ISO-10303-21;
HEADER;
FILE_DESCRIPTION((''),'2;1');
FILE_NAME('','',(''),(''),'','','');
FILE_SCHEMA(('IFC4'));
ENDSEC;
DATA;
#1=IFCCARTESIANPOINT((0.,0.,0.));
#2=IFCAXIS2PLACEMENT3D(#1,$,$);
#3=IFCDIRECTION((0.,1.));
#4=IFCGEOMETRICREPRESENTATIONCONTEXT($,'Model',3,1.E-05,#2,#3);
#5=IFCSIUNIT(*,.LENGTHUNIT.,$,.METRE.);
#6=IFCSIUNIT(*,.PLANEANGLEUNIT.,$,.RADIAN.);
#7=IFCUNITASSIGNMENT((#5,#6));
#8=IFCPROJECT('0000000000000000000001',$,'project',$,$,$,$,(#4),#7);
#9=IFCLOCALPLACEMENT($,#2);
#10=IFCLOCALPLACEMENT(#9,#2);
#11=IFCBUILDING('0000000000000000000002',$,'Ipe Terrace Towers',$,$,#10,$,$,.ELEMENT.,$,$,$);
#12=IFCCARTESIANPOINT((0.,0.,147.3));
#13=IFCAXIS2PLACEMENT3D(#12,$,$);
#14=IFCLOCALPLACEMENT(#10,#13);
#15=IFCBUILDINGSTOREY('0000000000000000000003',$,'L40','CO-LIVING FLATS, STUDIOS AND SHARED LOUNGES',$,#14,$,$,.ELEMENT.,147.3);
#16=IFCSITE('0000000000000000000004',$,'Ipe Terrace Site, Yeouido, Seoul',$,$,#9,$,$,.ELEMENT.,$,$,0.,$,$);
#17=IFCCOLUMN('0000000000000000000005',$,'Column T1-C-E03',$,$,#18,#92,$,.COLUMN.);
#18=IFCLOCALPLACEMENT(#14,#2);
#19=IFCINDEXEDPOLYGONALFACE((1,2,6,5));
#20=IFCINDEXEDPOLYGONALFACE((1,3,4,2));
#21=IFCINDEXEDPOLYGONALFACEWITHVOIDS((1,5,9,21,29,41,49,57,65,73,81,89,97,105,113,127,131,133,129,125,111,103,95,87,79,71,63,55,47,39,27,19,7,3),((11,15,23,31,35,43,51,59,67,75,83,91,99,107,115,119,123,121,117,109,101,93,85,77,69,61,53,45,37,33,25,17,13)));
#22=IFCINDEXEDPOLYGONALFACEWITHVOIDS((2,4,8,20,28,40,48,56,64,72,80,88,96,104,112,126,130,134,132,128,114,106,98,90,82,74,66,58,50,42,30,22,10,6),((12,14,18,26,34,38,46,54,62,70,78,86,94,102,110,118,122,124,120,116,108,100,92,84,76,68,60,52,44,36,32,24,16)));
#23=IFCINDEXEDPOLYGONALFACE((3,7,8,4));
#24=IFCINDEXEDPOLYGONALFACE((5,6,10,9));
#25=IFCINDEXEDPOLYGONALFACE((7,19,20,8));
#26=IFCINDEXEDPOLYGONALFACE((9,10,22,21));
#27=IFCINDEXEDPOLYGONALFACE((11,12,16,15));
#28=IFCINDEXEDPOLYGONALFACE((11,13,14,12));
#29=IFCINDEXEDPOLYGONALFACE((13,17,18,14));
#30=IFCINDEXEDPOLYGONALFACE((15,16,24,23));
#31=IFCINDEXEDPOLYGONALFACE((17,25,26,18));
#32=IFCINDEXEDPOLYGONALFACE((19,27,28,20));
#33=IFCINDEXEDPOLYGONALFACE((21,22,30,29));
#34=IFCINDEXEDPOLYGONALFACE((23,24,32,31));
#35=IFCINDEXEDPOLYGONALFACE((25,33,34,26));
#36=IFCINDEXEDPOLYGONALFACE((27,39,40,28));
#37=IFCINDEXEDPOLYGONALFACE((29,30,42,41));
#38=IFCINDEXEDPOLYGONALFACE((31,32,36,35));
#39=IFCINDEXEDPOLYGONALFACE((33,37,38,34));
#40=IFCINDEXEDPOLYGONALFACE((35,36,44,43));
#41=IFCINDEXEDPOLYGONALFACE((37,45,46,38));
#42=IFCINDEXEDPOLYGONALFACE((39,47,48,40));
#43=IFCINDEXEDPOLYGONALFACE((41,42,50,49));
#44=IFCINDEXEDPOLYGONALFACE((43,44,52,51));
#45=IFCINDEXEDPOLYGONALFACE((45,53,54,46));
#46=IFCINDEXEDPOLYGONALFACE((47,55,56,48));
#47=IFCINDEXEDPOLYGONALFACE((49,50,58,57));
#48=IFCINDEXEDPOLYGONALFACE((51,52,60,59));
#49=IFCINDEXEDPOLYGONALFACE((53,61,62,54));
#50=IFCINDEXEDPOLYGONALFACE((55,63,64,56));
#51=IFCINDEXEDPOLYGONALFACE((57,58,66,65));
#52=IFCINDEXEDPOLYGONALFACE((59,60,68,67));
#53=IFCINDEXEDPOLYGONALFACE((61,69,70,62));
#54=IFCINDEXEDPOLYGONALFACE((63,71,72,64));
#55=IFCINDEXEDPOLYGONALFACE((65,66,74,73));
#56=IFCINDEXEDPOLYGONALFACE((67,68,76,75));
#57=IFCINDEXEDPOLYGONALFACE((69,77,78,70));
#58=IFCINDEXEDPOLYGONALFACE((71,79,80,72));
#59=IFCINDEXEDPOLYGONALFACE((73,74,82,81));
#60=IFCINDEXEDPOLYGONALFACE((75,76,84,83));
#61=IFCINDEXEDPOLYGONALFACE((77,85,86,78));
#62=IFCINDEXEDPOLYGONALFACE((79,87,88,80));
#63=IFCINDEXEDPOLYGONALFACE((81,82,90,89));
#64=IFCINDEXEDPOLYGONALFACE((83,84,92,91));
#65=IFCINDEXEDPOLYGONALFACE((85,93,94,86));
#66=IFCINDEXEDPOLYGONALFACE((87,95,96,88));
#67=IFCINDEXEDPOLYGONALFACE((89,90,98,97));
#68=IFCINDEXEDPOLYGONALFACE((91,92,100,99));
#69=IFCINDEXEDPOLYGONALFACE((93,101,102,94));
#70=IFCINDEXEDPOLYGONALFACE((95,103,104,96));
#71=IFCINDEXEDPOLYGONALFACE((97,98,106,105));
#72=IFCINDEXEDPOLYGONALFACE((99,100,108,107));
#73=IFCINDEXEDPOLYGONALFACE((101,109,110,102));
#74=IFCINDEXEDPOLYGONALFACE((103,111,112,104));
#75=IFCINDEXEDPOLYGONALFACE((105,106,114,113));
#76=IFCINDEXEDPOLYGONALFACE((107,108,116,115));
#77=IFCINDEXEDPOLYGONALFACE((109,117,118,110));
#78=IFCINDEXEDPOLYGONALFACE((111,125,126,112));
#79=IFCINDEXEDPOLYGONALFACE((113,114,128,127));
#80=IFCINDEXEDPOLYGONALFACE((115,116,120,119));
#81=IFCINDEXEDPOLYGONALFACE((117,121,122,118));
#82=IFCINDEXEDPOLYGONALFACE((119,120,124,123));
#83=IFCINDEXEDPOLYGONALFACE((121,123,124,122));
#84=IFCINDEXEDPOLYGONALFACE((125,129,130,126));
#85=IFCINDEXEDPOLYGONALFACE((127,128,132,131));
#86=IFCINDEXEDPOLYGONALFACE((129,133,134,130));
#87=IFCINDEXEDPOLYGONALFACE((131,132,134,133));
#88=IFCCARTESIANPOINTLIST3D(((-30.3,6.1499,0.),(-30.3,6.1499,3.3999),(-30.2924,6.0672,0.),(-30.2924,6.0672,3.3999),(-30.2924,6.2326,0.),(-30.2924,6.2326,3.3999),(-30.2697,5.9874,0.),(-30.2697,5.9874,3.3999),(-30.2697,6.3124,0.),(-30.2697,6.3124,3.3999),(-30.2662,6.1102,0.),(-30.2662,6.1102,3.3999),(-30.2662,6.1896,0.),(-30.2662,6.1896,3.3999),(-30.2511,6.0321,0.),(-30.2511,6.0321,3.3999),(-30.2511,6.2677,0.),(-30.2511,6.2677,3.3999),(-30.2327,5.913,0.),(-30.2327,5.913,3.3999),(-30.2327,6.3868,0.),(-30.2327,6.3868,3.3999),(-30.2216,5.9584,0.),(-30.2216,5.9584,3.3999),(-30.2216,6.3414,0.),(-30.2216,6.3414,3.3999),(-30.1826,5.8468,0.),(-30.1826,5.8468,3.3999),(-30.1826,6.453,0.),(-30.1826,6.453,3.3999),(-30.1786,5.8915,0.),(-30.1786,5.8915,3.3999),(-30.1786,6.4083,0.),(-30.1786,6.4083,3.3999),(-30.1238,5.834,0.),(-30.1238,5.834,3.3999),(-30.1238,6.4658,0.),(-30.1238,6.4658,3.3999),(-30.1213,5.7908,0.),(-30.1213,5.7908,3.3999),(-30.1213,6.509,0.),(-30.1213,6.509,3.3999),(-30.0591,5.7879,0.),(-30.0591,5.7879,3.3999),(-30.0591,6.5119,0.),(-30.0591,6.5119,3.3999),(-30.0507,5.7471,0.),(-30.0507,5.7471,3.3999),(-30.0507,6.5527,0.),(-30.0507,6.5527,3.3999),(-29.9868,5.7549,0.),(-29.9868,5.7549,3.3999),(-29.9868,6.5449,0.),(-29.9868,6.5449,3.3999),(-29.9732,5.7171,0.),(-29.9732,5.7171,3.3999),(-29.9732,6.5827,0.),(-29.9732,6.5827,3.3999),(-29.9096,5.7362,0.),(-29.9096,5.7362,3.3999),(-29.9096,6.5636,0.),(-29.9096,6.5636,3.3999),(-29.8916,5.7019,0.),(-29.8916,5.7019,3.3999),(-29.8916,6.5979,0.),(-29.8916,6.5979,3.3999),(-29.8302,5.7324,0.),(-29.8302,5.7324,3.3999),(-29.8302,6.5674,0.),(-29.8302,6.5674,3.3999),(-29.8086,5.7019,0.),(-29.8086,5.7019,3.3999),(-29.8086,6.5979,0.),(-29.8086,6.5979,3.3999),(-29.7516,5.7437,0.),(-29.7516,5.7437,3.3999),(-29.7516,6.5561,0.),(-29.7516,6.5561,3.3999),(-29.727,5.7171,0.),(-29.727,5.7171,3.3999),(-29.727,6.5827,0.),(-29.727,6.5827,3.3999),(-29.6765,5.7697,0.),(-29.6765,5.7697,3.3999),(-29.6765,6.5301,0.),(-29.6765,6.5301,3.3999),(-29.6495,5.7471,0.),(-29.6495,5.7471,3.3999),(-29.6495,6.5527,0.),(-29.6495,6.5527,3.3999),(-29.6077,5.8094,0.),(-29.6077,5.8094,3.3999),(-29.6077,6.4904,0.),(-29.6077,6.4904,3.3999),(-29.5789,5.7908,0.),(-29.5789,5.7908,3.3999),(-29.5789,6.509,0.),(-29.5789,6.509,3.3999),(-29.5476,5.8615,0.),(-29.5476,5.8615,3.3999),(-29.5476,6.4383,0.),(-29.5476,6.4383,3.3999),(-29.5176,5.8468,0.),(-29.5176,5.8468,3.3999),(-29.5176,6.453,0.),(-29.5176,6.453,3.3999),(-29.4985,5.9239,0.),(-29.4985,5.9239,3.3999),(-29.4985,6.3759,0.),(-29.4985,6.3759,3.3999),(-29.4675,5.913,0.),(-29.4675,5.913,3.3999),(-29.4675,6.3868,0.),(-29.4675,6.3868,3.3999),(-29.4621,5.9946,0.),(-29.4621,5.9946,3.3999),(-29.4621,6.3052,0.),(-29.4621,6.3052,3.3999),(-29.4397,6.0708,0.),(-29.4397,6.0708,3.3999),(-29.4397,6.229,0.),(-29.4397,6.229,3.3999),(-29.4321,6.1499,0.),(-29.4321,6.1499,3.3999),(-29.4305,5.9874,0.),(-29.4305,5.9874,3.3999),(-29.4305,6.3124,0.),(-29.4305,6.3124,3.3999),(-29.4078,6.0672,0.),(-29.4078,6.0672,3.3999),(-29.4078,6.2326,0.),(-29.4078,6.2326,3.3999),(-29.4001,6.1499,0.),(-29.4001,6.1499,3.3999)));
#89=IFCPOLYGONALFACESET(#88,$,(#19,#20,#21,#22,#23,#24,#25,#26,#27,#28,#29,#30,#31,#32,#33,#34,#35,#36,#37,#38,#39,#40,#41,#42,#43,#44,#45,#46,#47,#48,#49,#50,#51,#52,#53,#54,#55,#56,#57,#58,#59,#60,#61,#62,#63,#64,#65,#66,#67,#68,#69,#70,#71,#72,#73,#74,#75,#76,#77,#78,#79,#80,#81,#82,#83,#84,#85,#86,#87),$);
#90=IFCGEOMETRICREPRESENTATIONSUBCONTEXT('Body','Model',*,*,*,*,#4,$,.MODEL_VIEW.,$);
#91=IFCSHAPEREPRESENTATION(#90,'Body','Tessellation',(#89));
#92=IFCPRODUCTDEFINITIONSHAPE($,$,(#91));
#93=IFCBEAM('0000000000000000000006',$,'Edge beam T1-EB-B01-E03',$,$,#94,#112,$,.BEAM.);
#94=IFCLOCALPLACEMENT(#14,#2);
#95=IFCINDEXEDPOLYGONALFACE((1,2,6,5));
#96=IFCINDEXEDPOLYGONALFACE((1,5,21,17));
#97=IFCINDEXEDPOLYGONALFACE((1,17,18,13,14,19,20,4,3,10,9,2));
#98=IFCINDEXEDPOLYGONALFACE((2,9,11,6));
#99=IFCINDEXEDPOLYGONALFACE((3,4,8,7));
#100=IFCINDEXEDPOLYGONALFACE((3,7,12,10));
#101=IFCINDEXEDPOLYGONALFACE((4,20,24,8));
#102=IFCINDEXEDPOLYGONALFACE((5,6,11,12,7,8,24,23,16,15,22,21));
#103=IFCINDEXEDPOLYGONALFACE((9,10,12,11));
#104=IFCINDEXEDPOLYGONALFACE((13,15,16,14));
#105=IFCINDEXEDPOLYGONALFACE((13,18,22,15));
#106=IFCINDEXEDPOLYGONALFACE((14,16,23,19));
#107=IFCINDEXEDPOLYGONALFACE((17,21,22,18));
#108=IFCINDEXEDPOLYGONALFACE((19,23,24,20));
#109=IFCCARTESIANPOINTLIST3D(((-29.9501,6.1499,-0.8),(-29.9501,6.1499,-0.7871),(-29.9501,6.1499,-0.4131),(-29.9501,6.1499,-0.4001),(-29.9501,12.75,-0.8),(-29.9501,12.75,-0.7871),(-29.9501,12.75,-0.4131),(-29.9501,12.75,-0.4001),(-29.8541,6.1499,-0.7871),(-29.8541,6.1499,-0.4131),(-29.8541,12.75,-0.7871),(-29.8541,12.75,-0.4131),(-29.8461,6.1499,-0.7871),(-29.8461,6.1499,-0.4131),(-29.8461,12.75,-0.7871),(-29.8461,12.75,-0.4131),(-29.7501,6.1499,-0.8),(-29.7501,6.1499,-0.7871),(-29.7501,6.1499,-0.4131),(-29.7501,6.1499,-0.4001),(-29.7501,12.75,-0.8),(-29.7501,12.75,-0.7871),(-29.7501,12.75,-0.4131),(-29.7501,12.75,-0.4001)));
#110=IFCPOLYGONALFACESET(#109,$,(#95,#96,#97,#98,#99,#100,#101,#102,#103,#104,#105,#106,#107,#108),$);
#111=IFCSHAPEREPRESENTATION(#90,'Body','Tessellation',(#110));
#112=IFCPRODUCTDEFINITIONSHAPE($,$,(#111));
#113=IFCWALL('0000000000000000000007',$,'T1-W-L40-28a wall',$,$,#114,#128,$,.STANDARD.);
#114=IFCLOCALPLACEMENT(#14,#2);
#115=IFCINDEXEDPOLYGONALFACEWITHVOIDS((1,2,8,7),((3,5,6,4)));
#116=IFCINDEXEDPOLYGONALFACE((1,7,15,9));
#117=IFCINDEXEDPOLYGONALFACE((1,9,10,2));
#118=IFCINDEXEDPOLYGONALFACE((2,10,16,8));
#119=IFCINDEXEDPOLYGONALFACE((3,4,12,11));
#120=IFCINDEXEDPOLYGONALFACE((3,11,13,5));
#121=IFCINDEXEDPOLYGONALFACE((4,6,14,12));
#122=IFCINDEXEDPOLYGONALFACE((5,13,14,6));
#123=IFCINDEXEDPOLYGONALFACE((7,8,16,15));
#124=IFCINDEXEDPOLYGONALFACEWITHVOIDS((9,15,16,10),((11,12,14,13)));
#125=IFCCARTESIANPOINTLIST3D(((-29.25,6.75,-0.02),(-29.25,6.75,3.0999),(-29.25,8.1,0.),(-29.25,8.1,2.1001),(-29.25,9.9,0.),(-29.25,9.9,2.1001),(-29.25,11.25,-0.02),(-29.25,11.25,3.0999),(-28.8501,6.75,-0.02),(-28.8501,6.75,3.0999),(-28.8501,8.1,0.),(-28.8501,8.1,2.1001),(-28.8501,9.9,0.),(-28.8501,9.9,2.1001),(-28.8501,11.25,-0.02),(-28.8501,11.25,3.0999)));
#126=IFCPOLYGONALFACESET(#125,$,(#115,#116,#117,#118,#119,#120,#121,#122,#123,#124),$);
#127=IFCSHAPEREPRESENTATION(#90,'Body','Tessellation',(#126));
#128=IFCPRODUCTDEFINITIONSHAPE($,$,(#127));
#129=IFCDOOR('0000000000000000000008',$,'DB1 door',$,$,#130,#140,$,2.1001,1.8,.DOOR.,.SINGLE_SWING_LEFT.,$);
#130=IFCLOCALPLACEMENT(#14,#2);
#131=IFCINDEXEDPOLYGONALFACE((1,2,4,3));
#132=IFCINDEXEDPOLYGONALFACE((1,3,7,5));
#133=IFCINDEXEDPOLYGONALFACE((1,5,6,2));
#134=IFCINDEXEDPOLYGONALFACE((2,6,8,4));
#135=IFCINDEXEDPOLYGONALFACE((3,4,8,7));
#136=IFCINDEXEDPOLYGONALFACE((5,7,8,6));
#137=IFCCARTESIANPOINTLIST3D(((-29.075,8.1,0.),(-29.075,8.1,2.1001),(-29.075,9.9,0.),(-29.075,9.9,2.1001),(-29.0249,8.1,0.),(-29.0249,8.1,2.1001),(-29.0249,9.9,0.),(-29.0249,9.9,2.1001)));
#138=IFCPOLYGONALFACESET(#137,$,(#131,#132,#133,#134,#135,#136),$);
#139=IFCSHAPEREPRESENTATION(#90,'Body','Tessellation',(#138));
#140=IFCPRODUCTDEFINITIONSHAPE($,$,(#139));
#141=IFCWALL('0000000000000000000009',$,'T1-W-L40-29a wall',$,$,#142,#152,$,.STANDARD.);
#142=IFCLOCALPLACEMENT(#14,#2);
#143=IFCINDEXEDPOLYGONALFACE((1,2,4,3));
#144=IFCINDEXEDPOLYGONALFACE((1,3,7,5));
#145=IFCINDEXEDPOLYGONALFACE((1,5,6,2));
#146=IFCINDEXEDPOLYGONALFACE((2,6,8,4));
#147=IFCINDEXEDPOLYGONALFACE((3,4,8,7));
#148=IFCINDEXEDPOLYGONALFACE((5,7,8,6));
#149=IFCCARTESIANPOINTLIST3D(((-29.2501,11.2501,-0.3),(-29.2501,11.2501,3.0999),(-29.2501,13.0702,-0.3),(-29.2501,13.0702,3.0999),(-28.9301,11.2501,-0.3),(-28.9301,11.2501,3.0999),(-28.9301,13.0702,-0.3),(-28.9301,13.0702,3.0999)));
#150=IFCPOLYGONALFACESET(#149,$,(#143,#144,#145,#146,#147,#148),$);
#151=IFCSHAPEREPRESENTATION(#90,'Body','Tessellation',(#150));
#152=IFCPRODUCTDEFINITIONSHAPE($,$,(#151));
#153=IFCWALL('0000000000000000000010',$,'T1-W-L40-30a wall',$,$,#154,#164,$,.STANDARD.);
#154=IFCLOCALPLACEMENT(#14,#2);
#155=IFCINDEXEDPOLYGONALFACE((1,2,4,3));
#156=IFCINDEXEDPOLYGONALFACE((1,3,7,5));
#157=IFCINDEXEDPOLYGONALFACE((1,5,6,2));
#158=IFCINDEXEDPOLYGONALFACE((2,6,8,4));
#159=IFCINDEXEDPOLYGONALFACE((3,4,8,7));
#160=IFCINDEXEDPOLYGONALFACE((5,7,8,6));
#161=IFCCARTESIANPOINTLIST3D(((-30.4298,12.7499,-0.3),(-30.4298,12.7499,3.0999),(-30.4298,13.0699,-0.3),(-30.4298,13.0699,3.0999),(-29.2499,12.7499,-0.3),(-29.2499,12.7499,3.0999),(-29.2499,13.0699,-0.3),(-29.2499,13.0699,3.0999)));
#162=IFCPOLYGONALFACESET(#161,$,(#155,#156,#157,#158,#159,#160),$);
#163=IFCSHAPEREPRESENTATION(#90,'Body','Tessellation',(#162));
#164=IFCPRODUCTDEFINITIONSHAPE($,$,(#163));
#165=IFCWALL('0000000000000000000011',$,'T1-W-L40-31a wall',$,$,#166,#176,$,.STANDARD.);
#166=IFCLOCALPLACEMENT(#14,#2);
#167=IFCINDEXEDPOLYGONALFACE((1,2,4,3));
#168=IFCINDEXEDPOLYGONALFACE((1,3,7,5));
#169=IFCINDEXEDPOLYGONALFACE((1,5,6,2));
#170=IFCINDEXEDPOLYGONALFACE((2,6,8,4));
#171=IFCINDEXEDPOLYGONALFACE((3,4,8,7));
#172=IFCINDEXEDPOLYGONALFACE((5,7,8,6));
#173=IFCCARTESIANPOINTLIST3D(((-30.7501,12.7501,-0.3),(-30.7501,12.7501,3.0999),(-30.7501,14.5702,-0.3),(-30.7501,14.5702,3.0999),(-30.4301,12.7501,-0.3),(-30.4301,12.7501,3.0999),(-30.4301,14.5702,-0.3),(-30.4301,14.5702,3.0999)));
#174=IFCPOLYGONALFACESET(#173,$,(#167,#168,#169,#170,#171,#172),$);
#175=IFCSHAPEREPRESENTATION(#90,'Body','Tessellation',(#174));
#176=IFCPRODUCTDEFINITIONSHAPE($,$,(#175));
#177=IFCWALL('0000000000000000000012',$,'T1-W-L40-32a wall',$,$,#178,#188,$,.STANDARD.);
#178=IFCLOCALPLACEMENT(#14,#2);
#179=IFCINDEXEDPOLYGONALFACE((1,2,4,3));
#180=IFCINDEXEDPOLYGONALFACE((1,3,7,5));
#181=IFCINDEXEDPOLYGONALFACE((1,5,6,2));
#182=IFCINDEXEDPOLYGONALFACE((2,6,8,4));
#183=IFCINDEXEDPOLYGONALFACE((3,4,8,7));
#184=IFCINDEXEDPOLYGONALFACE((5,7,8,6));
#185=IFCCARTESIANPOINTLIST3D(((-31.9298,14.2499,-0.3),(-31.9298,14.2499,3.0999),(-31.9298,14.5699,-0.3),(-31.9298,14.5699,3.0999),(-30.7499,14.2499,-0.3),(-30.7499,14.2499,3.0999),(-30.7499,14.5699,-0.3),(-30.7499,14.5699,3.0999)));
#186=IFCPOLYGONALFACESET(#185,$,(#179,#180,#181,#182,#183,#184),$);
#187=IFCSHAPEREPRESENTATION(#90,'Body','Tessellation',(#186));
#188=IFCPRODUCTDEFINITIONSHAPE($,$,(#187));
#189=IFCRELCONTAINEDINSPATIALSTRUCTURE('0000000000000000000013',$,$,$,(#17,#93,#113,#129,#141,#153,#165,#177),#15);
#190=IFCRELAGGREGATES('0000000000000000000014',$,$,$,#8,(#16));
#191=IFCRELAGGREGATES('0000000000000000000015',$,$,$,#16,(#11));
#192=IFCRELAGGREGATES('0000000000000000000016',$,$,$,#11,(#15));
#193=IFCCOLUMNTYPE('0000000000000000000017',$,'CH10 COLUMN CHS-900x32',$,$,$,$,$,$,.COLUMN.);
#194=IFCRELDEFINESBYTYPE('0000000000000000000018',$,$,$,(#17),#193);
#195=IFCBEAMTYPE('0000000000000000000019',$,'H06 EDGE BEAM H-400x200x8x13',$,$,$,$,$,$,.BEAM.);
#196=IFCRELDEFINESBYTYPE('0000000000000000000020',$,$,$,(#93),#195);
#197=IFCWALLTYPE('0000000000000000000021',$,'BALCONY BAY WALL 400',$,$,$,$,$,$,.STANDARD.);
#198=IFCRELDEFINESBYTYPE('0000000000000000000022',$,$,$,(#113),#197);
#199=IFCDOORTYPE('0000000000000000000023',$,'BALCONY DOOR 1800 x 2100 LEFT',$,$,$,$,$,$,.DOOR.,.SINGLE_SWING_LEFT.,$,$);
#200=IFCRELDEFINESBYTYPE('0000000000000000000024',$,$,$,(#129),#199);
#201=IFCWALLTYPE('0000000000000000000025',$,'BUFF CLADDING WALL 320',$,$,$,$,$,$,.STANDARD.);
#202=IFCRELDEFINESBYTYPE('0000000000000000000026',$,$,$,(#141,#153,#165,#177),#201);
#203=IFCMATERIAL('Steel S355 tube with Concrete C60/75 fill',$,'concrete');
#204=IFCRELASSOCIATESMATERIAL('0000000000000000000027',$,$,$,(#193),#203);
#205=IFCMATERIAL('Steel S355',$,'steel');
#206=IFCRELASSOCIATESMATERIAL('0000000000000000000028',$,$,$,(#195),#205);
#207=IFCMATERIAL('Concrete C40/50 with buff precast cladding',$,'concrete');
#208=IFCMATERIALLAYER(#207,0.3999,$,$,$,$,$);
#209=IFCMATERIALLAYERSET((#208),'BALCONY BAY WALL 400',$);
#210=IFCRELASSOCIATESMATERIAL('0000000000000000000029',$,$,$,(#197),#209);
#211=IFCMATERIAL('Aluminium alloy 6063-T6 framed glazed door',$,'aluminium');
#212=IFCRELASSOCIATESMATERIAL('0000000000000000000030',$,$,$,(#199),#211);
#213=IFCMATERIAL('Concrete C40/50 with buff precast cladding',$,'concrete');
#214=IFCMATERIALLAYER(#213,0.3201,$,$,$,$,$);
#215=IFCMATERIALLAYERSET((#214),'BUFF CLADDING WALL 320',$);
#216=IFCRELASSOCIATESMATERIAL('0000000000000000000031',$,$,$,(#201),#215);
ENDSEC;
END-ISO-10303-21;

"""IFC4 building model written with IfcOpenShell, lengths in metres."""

from ifc_helpers import new_model, si_unit, direction, frame, frame_2d, origin, origin_2d, place, context, subcontext, project, spatial, rectangle, hollow_circle, i_section, extrude, material, layer, layer_set, material_profile, profile_set, type_object, element, fill, save


model = new_model("IFC4")

# Units and contexts
model_context = context("Model", 3, precision=1e-05, world=origin(), true_north=direction((0.0, 1.0)))
body_context = subcontext(model_context, "Body", "Model", "MODEL_VIEW")
ifc_project = project(units=[si_unit("LENGTHUNIT", "METRE"), si_unit("PLANEANGLEUNIT", "RADIAN")], contexts=[model_context])

# Site, building, storey
site_placement = place(None, origin())
site = spatial("IfcSite", under=ifc_project, at=site_placement, Name="Ipe Terrace Site, Yeouido, Seoul", CompositionType="ELEMENT", RefElevation=0.0)
building_placement = place(site_placement, origin())
building = spatial("IfcBuilding", under=site, at=building_placement, Name="Ipe Terrace Towers", CompositionType="ELEMENT")
storey_placement = place(building_placement, frame((0.0, 0.0, 147.3)))
storey = spatial("IfcBuildingStorey", under=building, at=storey_placement, Name="L40", Description="CO-LIVING FLATS, STUDIOS AND SHARED LOUNGES", CompositionType="ELEMENT", Elevation=147.3)

# Column
ifc_material_1 = material(Name="Steel S355 tube with Concrete C60/75 fill", Category="concrete")
ifc_material_profile_1 = material_profile(ifc_material_1, hollow_circle(Radius=0.45, WallThickness=0.032, at=origin_2d()), Name="CHS-900x32")
ifc_profile_set_1 = profile_set([ifc_material_profile_1], Name="Steel S355 tube with Concrete C60/75 fill")
column_type_1 = type_object("IfcColumnType", Name="CH10 COLUMN CHS-900x32", PredefinedType="COLUMN", material=ifc_profile_set_1)
column_placement = place(storey_placement, frame((-29.8501, 6.1499, 0.0), z_axis=(0.0, 0.0, 1.0), x_axis=(1.0, 0.0, 0.0)))
element("IfcColumn", 1, at=column_placement, inside=storey, type_object=column_type_1, Name="Column T1-C-E03", PredefinedType="COLUMN", context=body_context, shape_type="SweptSolid", body=[
    extrude(hollow_circle(Radius=0.45, WallThickness=0.032, at=origin_2d()), origin(), (0.0, 0.0, 1.0), 3.3999),
])

# Beam
ifc_material_2 = material(Name="Steel S355", Category="steel")
ifc_material_profile_2 = material_profile(ifc_material_2, i_section(OverallWidth=0.2, OverallDepth=0.3999, WebThickness=0.0081, FlangeThickness=0.0129, at=origin_2d()), Name="H-400x200x8x13")
ifc_profile_set_2 = profile_set([ifc_material_profile_2], Name="Steel S355")
beam_type = type_object("IfcBeamType", Name="H06 EDGE BEAM H-400x200x8x13", PredefinedType="BEAM", material=ifc_profile_set_2)
beam_placement = place(storey_placement, frame((-29.8501, 12.75, -0.6001), z_axis=(0.0, -1.0, 0.0), x_axis=(1.0, 0.0, 0.0)))
element("IfcBeam", 2, at=beam_placement, inside=storey, type_object=beam_type, Name="Edge beam T1-EB-B01-E03", PredefinedType="BEAM", context=body_context, shape_type="SweptSolid", body=[
    extrude(i_section(OverallWidth=0.2, OverallDepth=0.3999, WebThickness=0.0081, FlangeThickness=0.0129, at=origin_2d()), origin(), (0.0, 0.0, 1.0), 6.6001),
])

# Wall, opening, door
ifc_material_3 = material(Name="Concrete C40/50 with buff precast cladding", Category="concrete")
ifc_layer_1 = layer(ifc_material_3, 0.3999)
ifc_layer_set_1 = layer_set([ifc_layer_1], Name="BALCONY BAY WALL 400")
wall_type_1 = type_object("IfcWallType", Name="BALCONY BAY WALL 400", PredefinedType="STANDARD", material=ifc_layer_set_1)
wall_1_placement = place(storey_placement, frame((-29.05, 6.75, -0.02), z_axis=(0.0, 0.0, 1.0), x_axis=(0.0, 1.0, 0.0)))
wall_1 = element("IfcWall", 3, at=wall_1_placement, inside=storey, type_object=wall_type_1, Name="T1-W-L40-28a wall", PredefinedType="STANDARD", context=body_context, shape_type="SweptSolid", body=[
    extrude(rectangle(XDim=4.5, YDim=0.3999, at=frame_2d((2.25, 0.0))), origin(), (0.0, 0.0, 1.0), 3.1199),
])
opening_1_placement = place(wall_1_placement, frame((1.3501, 0.0, 0.02)))
opening_1 = element("IfcOpeningElement", 4, at=opening_1_placement, cuts=wall_1, PredefinedType="OPENING", context=body_context, shape_type="SweptSolid", body=[
    extrude(rectangle(XDim=1.8, YDim=2.1001, at=frame_2d((0.8999, 1.05))), frame((0.0, 0.21, 0.0), z_axis=(0.0, -1.0, 0.0), x_axis=(1.0, 0.0, 0.0)), (0.0, 0.0, 1.0), 0.4199),
])
ifc_material_4 = material(Name="Aluminium alloy 6063-T6 framed glazed door", Category="aluminium")
door_type_1 = type_object("IfcDoorType", Name="BALCONY DOOR 1800 x 2100 LEFT", OperationType="SINGLE_SWING_LEFT", PredefinedType="DOOR", material=ifc_material_4)
door_1_placement = place(opening_1_placement, origin())
door_1 = element("IfcDoor", 5, at=door_1_placement, inside=storey, type_object=door_type_1, Name="DB1 door", OperationType="SINGLE_SWING_LEFT", OverallHeight=2.1001, OverallWidth=1.8, PredefinedType="DOOR", context=body_context, shape_type="SweptSolid", body=[
    extrude(rectangle(XDim=1.8, YDim=2.1001, at=frame_2d((0.8999, 1.05))), frame((0.0, 0.0249, 0.0), z_axis=(0.0, -1.0, 0.0), x_axis=(1.0, 0.0, 0.0)), (0.0, 0.0, 1.0), 0.05),
])
fill(opening_1, door_1)

# Walls
ifc_material_5 = material(Name="Concrete C40/50 with buff precast cladding", Category="concrete")
ifc_layer_2 = layer(ifc_material_5, 0.3201)
ifc_layer_set_2 = layer_set([ifc_layer_2], Name="BUFF CLADDING WALL 320")
wall_type_2 = type_object("IfcWallType", Name="BUFF CLADDING WALL 320", PredefinedType="STANDARD", material=ifc_layer_set_2)
wall_2_placement = place(storey_placement, frame((-29.0901, 11.25, -0.3), z_axis=(0.0, 0.0, 1.0), x_axis=(0.0, 1.0, 0.0)))
element("IfcWall", 6, at=wall_2_placement, inside=storey, type_object=wall_type_2, Name="T1-W-L40-29a wall", PredefinedType="STANDARD", context=body_context, shape_type="SweptSolid", body=[
    extrude(rectangle(XDim=1.8201, YDim=0.3201, at=frame_2d((0.9102, 0.0))), origin(), (0.0, 0.0, 1.0), 3.3999),
])
wall_3_placement = place(storey_placement, frame((-29.25, 12.9099, -0.3), z_axis=(0.0, 0.0, 1.0), x_axis=(-1.0, 0.0, 0.0)))
element("IfcWall", 7, at=wall_3_placement, inside=storey, type_object=wall_type_2, Name="T1-W-L40-30a wall", PredefinedType="STANDARD", context=body_context, shape_type="SweptSolid", body=[
    extrude(rectangle(XDim=1.1799, YDim=0.3201, at=frame_2d((0.5898, 0.0))), origin(), (0.0, 0.0, 1.0), 3.3999),
])
wall_4_placement = place(storey_placement, frame((-30.5901, 12.75, -0.3), z_axis=(0.0, 0.0, 1.0), x_axis=(0.0, 1.0, 0.0)))
element("IfcWall", 8, at=wall_4_placement, inside=storey, type_object=wall_type_2, Name="T1-W-L40-31a wall", PredefinedType="STANDARD", context=body_context, shape_type="SweptSolid", body=[
    extrude(rectangle(XDim=1.8201, YDim=0.3201, at=frame_2d((0.9102, 0.0))), origin(), (0.0, 0.0, 1.0), 3.3999),
])
wall_5_placement = place(storey_placement, frame((-30.75, 14.4099, -0.3), z_axis=(0.0, 0.0, 1.0), x_axis=(-1.0, 0.0, 0.0)))
element("IfcWall", 9, at=wall_5_placement, inside=storey, type_object=wall_type_2, Name="T1-W-L40-32a wall", PredefinedType="STANDARD", context=body_context, shape_type="SweptSolid", body=[
    extrude(rectangle(XDim=1.1799, YDim=0.3201, at=frame_2d((0.5898, 0.0))), origin(), (0.0, 0.0, 1.0), 3.3999),
])

save(model, "model.ifc")
